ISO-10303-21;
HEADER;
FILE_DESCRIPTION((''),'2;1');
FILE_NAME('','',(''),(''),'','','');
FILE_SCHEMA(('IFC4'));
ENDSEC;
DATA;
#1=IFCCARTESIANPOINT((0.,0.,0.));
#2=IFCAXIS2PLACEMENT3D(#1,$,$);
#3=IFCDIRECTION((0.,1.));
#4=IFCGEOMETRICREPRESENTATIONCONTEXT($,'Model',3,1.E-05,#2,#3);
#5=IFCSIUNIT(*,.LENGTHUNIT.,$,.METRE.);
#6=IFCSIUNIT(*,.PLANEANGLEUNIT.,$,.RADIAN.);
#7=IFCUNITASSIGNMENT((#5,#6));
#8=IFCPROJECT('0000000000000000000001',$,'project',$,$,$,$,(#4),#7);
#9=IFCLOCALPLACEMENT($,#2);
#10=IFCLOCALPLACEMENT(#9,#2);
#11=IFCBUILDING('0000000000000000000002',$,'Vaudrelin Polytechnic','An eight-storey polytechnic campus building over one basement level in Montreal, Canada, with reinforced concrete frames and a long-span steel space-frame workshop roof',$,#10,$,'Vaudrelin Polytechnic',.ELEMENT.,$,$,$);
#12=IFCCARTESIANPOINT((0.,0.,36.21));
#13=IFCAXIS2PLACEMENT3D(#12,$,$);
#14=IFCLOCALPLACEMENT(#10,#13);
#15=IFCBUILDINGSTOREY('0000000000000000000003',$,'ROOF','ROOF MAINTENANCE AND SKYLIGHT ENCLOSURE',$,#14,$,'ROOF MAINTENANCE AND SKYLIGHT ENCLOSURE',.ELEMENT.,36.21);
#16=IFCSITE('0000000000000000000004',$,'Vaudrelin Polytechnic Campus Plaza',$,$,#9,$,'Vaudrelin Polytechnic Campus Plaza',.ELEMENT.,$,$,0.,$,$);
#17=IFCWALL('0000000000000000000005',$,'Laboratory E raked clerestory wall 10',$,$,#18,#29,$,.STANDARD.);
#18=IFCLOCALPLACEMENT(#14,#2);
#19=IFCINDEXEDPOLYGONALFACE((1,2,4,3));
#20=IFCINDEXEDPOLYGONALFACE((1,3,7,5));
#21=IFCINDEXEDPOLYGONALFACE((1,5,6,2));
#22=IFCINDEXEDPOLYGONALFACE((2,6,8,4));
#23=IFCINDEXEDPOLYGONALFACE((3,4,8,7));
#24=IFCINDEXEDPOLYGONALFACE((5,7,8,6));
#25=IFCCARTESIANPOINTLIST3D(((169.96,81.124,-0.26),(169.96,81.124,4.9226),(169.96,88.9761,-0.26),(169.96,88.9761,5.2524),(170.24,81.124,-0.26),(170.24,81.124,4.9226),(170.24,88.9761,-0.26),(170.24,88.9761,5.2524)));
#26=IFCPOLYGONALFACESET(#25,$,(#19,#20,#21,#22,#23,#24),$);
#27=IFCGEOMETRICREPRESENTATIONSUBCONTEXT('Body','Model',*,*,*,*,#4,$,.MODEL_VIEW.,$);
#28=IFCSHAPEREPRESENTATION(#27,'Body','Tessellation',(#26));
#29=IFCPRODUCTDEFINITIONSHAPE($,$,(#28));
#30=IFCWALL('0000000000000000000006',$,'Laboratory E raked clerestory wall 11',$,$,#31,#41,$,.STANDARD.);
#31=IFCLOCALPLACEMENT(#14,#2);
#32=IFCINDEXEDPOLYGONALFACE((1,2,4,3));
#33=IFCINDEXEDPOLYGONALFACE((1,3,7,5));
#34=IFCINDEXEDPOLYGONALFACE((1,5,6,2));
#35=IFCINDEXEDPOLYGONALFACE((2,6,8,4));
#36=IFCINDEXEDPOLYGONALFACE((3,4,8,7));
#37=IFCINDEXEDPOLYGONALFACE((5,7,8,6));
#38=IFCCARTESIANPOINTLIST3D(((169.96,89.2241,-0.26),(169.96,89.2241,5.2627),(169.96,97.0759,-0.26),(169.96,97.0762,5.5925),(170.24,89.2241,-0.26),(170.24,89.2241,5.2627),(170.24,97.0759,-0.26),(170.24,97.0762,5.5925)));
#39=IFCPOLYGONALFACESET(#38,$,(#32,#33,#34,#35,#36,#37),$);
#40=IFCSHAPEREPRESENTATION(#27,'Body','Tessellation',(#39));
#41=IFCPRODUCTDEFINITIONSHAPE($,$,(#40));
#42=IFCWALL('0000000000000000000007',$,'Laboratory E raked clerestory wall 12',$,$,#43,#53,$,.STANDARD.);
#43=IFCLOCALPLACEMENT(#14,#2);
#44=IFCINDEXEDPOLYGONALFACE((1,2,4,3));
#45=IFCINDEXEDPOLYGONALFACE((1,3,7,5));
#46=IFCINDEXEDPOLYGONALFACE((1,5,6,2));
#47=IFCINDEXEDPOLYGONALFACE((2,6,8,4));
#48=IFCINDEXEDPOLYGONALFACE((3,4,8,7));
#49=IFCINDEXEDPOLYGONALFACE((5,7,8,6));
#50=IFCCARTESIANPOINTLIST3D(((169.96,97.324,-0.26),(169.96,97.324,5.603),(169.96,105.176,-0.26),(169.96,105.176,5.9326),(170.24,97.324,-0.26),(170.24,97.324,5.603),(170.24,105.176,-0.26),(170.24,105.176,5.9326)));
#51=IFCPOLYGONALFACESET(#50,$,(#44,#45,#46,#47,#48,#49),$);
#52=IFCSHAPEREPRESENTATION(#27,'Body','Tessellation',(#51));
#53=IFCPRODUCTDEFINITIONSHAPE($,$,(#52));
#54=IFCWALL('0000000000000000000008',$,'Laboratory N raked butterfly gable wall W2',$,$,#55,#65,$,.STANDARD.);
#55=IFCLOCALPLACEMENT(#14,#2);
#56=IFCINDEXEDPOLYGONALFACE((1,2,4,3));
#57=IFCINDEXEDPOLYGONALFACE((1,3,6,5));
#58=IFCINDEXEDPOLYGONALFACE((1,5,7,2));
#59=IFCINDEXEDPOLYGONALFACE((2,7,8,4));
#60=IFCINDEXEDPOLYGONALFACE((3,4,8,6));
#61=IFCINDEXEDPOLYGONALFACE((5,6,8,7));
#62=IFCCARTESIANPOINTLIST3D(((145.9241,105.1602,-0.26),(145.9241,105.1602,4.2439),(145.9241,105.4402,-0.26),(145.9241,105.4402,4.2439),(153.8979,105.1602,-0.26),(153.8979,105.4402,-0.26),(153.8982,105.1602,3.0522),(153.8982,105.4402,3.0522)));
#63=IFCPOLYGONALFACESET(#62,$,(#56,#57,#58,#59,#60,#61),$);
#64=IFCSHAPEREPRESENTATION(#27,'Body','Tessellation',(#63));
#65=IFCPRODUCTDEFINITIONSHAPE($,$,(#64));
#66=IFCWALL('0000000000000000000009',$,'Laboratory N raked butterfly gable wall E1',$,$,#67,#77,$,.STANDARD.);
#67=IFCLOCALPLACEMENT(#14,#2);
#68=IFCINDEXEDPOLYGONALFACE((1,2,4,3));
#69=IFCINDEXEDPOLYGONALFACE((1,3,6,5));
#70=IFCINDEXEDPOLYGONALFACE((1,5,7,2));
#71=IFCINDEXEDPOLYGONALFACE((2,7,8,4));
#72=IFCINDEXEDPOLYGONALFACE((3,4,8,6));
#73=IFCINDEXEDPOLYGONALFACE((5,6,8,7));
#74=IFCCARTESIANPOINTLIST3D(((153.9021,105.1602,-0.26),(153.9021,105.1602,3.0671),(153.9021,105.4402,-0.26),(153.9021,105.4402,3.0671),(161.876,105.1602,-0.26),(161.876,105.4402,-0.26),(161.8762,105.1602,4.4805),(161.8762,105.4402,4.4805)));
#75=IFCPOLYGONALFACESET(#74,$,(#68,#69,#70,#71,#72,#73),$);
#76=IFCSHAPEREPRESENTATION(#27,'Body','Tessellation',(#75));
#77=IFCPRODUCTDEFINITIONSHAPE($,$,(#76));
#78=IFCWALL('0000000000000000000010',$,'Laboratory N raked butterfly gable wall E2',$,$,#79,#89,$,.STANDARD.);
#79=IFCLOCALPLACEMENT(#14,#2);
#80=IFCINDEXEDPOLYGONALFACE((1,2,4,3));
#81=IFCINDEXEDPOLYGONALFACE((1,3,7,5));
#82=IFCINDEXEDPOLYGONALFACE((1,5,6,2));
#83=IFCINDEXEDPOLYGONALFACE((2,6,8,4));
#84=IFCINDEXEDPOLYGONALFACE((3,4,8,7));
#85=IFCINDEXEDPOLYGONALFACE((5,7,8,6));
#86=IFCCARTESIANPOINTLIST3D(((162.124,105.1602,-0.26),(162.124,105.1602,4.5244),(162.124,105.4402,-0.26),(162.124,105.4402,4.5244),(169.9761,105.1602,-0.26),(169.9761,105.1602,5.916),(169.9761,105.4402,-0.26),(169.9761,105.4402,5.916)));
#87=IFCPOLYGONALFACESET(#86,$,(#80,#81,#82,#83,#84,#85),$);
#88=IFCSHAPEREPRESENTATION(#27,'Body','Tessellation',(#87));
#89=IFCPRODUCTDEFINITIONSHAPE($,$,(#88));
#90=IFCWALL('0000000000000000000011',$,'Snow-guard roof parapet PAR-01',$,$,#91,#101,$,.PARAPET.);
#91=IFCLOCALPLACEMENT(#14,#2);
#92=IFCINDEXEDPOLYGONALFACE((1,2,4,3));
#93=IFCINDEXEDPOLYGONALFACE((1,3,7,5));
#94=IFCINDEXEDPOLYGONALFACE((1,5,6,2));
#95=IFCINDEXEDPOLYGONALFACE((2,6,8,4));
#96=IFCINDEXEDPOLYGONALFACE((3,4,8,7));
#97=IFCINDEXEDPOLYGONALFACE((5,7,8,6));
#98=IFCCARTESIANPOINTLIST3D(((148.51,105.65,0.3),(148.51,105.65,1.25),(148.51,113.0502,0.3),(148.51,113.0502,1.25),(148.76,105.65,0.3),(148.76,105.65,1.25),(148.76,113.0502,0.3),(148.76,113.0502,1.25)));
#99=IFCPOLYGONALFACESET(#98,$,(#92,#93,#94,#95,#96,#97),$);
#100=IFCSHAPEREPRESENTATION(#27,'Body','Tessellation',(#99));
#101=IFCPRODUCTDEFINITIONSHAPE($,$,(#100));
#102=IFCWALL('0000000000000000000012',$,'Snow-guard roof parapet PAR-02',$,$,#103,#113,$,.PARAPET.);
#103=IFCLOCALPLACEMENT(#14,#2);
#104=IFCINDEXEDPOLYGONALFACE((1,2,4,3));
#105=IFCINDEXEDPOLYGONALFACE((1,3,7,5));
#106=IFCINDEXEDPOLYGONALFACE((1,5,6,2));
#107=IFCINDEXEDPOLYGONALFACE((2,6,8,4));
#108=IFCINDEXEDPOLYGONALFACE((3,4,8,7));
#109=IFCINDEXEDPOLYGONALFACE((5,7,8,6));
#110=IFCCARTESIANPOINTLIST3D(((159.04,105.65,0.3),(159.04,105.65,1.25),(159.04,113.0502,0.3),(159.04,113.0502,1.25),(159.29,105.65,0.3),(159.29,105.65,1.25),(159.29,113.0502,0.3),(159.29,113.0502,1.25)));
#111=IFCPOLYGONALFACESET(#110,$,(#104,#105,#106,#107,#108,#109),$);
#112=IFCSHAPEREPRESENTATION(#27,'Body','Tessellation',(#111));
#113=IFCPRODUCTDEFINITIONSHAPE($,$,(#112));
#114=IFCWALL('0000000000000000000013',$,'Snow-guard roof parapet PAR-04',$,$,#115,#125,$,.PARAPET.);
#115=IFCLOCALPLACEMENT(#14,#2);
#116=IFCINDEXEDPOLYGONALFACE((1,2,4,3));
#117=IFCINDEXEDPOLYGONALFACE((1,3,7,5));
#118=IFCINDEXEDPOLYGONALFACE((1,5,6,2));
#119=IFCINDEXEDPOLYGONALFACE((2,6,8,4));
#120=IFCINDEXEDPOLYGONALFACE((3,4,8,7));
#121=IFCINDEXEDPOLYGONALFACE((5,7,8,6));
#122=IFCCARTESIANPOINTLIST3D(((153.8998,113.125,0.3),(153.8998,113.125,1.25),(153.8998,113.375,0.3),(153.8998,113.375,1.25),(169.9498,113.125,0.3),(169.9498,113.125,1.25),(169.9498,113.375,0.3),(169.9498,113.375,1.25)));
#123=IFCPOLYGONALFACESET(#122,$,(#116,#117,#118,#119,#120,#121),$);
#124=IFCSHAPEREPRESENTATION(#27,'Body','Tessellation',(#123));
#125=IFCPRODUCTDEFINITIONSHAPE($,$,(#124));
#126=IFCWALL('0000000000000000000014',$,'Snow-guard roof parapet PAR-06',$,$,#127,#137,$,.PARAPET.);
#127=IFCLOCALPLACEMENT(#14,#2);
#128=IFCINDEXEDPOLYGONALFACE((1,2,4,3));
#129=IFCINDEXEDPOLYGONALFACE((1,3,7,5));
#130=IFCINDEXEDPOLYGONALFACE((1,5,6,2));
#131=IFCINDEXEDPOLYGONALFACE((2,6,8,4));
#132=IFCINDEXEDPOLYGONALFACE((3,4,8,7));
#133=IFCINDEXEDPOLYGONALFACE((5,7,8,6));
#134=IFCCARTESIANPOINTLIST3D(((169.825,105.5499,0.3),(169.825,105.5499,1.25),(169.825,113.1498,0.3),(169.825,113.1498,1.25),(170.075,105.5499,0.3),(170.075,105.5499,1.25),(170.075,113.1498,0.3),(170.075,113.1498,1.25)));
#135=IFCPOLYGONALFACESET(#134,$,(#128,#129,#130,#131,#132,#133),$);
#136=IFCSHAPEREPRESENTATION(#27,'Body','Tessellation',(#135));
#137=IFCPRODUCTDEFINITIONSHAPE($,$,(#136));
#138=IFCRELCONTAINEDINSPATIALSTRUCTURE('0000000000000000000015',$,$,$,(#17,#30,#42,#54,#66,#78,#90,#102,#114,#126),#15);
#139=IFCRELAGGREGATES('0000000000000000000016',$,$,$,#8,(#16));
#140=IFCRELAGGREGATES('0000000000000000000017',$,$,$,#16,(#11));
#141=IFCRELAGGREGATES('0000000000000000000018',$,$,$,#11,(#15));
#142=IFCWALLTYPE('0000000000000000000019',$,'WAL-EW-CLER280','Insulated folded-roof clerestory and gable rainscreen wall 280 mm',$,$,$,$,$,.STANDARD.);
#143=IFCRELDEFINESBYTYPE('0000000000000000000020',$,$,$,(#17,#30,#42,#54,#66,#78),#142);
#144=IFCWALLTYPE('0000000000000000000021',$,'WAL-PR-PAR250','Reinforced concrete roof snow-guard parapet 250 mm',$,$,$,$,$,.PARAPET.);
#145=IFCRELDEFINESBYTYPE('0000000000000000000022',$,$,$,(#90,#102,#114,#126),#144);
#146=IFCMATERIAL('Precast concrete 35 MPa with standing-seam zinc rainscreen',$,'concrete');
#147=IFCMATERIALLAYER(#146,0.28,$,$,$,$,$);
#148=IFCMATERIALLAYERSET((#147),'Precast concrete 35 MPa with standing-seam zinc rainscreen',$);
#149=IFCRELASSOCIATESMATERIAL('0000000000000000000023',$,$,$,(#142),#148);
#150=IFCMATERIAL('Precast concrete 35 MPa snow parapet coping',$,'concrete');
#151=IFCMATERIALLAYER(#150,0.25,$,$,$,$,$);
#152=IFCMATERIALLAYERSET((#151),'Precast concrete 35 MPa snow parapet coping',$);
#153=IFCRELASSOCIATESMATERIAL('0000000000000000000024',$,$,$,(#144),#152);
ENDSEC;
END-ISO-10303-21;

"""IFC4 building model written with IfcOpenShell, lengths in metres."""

from ifc_helpers import new_model, si_unit, direction, frame, frame_2d, origin, place, context, subcontext, project, spatial, polyline, rectangle, outline, extrude, material, layer, layer_set, type_object, element, save


model = new_model("IFC4")

# Units and contexts
model_context = context("Model", 3, precision=1e-05, world=origin(), true_north=direction((0.0, 1.0)))
body_context = subcontext(model_context, "Body", "Model", "MODEL_VIEW")
ifc_project = project(units=[si_unit("LENGTHUNIT", "METRE"), si_unit("PLANEANGLEUNIT", "RADIAN")], contexts=[model_context])

# Site, building, storey
site_placement = place(None, origin())
site = spatial("IfcSite", under=ifc_project, at=site_placement, Name="Vaudrelin Polytechnic Campus Plaza", LongName="Vaudrelin Polytechnic Campus Plaza", CompositionType="ELEMENT", RefElevation=0.0)
building_placement = place(site_placement, origin())
building = spatial("IfcBuilding", under=site, at=building_placement, Name="Vaudrelin Polytechnic", Description="An eight-storey polytechnic campus building over one basement level in Montreal, Canada, with reinforced concrete frames and a long-span steel space-frame workshop roof", LongName="Vaudrelin Polytechnic", CompositionType="ELEMENT")
storey_placement = place(building_placement, frame((0.0, 0.0, 36.21)))
storey = spatial("IfcBuildingStorey", under=building, at=storey_placement, Name="ROOF", Description="ROOF MAINTENANCE AND SKYLIGHT ENCLOSURE", LongName="ROOF MAINTENANCE AND SKYLIGHT ENCLOSURE", CompositionType="ELEMENT", Elevation=36.21)

# Walls
ifc_material_1 = material(Name="Precast concrete 35 MPa with standing-seam zinc rainscreen", Category="concrete")
ifc_layer_1 = layer(ifc_material_1, 0.28)
ifc_layer_set_1 = layer_set([ifc_layer_1], Name="Precast concrete 35 MPa with standing-seam zinc rainscreen")
wall_type_1 = type_object("IfcWallType", Name="WAL-EW-CLER280", Description="Insulated folded-roof clerestory and gable rainscreen wall 280 mm", PredefinedType="STANDARD", material=ifc_layer_set_1)
wall_1_placement = place(storey_placement, frame((170.1001, 81.124, -0.26), z_axis=(0.0, 0.0, 1.0), x_axis=(0.0, 1.0, 0.0)))
element("IfcWall", 1, at=wall_1_placement, inside=storey, type_object=wall_type_1, Name="Laboratory E raked clerestory wall 10", PredefinedType="STANDARD", context=body_context, shape_type="SweptSolid", body=[
    extrude(outline(polyline([(0.0, 0.0), (7.8521, 0.0), (7.8521, 5.5125), (0.0, 5.1826), (0.0, 0.0)])), frame((0.0, 0.1401, 0.0), z_axis=(0.0, -1.0, 0.0), x_axis=(1.0, 0.0, 0.0)), (0.0, 0.0, 1.0), 0.28),
])
wall_2_placement = place(storey_placement, frame((170.1001, 89.2241, -0.26), z_axis=(0.0, 0.0, 1.0), x_axis=(0.0, 1.0, 0.0)))
element("IfcWall", 2, at=wall_2_placement, inside=storey, type_object=wall_type_1, Name="Laboratory E raked clerestory wall 11", PredefinedType="STANDARD", context=body_context, shape_type="SweptSolid", body=[
    extrude(outline(polyline([(0.0, 0.0), (7.8518, 0.0), (7.8521, 5.8525), (0.0, 5.5227), (0.0, 0.0)])), frame((0.0, 0.1401, 0.0), z_axis=(0.0, -1.0, 0.0), x_axis=(1.0, 0.0, 0.0)), (0.0, 0.0, 1.0), 0.28),
])
wall_3_placement = place(storey_placement, frame((170.1001, 97.324, -0.26), z_axis=(0.0, 0.0, 1.0), x_axis=(0.0, 1.0, 0.0)))
element("IfcWall", 3, at=wall_3_placement, inside=storey, type_object=wall_type_1, Name="Laboratory E raked clerestory wall 12", PredefinedType="STANDARD", context=body_context, shape_type="SweptSolid", body=[
    extrude(outline(polyline([(0.0, 0.0), (7.8521, 0.0), (7.8521, 6.1926), (0.0, 5.863), (0.0, 0.0)])), frame((0.0, 0.1401, 0.0), z_axis=(0.0, -1.0, 0.0), x_axis=(1.0, 0.0, 0.0)), (0.0, 0.0, 1.0), 0.28),
])
wall_4_placement = place(storey_placement, frame((145.9241, 105.3, -0.26), z_axis=(0.0, 0.0, 1.0), x_axis=(1.0, 0.0, 0.0)))
element("IfcWall", 4, at=wall_4_placement, inside=storey, type_object=wall_type_1, Name="Laboratory N raked butterfly gable wall W2", PredefinedType="STANDARD", context=body_context, shape_type="SweptSolid", body=[
    extrude(outline(polyline([(0.0, 0.0), (7.9739, 0.0), (7.9741, 3.3123), (0.0, 4.5039), (0.0, 0.0)])), frame((0.0, 0.1401, 0.0), z_axis=(0.0, -1.0, 0.0), x_axis=(1.0, 0.0, 0.0)), (0.0, 0.0, 1.0), 0.28),
])
wall_5_placement = place(storey_placement, frame((153.9021, 105.3, -0.26), z_axis=(0.0, 0.0, 1.0), x_axis=(1.0, 0.0, 0.0)))
element("IfcWall", 5, at=wall_5_placement, inside=storey, type_object=wall_type_1, Name="Laboratory N raked butterfly gable wall E1", PredefinedType="STANDARD", context=body_context, shape_type="SweptSolid", body=[
    extrude(outline(polyline([(0.0, 0.0), (7.9739, 0.0), (7.9741, 4.7405), (0.0, 3.3271), (0.0, 0.0)])), frame((0.0, 0.1401, 0.0), z_axis=(0.0, -1.0, 0.0), x_axis=(1.0, 0.0, 0.0)), (0.0, 0.0, 1.0), 0.28),
])
wall_6_placement = place(storey_placement, frame((162.124, 105.3, -0.26), z_axis=(0.0, 0.0, 1.0), x_axis=(1.0, 0.0, 0.0)))
element("IfcWall", 6, at=wall_6_placement, inside=storey, type_object=wall_type_1, Name="Laboratory N raked butterfly gable wall E2", PredefinedType="STANDARD", context=body_context, shape_type="SweptSolid", body=[
    extrude(outline(polyline([(0.0, 0.0), (7.8521, 0.0), (7.8521, 6.176), (0.0, 4.7844), (0.0, 0.0)])), frame((0.0, 0.1401, 0.0), z_axis=(0.0, -1.0, 0.0), x_axis=(1.0, 0.0, 0.0)), (0.0, 0.0, 1.0), 0.28),
])
ifc_material_2 = material(Name="Precast concrete 35 MPa snow parapet coping", Category="concrete")
ifc_layer_2 = layer(ifc_material_2, 0.25)
ifc_layer_set_2 = layer_set([ifc_layer_2], Name="Precast concrete 35 MPa snow parapet coping")
wall_type_2 = type_object("IfcWallType", Name="WAL-PR-PAR250", Description="Reinforced concrete roof snow-guard parapet 250 mm", PredefinedType="PARAPET", material=ifc_layer_set_2)
for number, where, z_axis, x_axis, name in (
    (7, (148.635, 105.6499, 0.3), (0.0, 0.0, 1.0), (0.0, 1.0, 0.0), "Snow-guard roof parapet PAR-01"),
    (8, (159.165, 105.6499, 0.3), (0.0, 0.0, 1.0), (0.0, 1.0, 0.0), "Snow-guard roof parapet PAR-02"),
):
    element("IfcWall", number, at=place(storey_placement, frame(where, z_axis=z_axis, x_axis=x_axis)), inside=storey, type_object=wall_type_2, Name=name, PredefinedType="PARAPET", context=body_context, shape_type="SweptSolid", body=[
        extrude(rectangle(XDim=7.4001, YDim=0.25, at=frame_2d((3.7002, 0.0))), origin(), (0.0, 0.0, 1.0), 0.95),
    ])
wall_7_placement = place(storey_placement, frame((153.8999, 113.25, 0.3), z_axis=(0.0, 0.0, 1.0), x_axis=(1.0, 0.0, 0.0)))
element("IfcWall", 9, at=wall_7_placement, inside=storey, type_object=wall_type_2, Name="Snow-guard roof parapet PAR-04", PredefinedType="PARAPET", context=body_context, shape_type="SweptSolid", body=[
    extrude(rectangle(XDim=16.05, YDim=0.25, at=frame_2d((8.0249, 0.0))), origin(), (0.0, 0.0, 1.0), 0.95),
])
wall_8_placement = place(storey_placement, frame((169.95, 105.55, 0.3), z_axis=(0.0, 0.0, 1.0), x_axis=(0.0, 1.0, 0.0)))
element("IfcWall", 10, at=wall_8_placement, inside=storey, type_object=wall_type_2, Name="Snow-guard roof parapet PAR-06", PredefinedType="PARAPET", context=body_context, shape_type="SweptSolid", body=[
    extrude(rectangle(XDim=7.5999, YDim=0.25, at=frame_2d((3.7998, 0.0))), origin(), (0.0, 0.0, 1.0), 0.95),
])

save(model, "model.ifc")
